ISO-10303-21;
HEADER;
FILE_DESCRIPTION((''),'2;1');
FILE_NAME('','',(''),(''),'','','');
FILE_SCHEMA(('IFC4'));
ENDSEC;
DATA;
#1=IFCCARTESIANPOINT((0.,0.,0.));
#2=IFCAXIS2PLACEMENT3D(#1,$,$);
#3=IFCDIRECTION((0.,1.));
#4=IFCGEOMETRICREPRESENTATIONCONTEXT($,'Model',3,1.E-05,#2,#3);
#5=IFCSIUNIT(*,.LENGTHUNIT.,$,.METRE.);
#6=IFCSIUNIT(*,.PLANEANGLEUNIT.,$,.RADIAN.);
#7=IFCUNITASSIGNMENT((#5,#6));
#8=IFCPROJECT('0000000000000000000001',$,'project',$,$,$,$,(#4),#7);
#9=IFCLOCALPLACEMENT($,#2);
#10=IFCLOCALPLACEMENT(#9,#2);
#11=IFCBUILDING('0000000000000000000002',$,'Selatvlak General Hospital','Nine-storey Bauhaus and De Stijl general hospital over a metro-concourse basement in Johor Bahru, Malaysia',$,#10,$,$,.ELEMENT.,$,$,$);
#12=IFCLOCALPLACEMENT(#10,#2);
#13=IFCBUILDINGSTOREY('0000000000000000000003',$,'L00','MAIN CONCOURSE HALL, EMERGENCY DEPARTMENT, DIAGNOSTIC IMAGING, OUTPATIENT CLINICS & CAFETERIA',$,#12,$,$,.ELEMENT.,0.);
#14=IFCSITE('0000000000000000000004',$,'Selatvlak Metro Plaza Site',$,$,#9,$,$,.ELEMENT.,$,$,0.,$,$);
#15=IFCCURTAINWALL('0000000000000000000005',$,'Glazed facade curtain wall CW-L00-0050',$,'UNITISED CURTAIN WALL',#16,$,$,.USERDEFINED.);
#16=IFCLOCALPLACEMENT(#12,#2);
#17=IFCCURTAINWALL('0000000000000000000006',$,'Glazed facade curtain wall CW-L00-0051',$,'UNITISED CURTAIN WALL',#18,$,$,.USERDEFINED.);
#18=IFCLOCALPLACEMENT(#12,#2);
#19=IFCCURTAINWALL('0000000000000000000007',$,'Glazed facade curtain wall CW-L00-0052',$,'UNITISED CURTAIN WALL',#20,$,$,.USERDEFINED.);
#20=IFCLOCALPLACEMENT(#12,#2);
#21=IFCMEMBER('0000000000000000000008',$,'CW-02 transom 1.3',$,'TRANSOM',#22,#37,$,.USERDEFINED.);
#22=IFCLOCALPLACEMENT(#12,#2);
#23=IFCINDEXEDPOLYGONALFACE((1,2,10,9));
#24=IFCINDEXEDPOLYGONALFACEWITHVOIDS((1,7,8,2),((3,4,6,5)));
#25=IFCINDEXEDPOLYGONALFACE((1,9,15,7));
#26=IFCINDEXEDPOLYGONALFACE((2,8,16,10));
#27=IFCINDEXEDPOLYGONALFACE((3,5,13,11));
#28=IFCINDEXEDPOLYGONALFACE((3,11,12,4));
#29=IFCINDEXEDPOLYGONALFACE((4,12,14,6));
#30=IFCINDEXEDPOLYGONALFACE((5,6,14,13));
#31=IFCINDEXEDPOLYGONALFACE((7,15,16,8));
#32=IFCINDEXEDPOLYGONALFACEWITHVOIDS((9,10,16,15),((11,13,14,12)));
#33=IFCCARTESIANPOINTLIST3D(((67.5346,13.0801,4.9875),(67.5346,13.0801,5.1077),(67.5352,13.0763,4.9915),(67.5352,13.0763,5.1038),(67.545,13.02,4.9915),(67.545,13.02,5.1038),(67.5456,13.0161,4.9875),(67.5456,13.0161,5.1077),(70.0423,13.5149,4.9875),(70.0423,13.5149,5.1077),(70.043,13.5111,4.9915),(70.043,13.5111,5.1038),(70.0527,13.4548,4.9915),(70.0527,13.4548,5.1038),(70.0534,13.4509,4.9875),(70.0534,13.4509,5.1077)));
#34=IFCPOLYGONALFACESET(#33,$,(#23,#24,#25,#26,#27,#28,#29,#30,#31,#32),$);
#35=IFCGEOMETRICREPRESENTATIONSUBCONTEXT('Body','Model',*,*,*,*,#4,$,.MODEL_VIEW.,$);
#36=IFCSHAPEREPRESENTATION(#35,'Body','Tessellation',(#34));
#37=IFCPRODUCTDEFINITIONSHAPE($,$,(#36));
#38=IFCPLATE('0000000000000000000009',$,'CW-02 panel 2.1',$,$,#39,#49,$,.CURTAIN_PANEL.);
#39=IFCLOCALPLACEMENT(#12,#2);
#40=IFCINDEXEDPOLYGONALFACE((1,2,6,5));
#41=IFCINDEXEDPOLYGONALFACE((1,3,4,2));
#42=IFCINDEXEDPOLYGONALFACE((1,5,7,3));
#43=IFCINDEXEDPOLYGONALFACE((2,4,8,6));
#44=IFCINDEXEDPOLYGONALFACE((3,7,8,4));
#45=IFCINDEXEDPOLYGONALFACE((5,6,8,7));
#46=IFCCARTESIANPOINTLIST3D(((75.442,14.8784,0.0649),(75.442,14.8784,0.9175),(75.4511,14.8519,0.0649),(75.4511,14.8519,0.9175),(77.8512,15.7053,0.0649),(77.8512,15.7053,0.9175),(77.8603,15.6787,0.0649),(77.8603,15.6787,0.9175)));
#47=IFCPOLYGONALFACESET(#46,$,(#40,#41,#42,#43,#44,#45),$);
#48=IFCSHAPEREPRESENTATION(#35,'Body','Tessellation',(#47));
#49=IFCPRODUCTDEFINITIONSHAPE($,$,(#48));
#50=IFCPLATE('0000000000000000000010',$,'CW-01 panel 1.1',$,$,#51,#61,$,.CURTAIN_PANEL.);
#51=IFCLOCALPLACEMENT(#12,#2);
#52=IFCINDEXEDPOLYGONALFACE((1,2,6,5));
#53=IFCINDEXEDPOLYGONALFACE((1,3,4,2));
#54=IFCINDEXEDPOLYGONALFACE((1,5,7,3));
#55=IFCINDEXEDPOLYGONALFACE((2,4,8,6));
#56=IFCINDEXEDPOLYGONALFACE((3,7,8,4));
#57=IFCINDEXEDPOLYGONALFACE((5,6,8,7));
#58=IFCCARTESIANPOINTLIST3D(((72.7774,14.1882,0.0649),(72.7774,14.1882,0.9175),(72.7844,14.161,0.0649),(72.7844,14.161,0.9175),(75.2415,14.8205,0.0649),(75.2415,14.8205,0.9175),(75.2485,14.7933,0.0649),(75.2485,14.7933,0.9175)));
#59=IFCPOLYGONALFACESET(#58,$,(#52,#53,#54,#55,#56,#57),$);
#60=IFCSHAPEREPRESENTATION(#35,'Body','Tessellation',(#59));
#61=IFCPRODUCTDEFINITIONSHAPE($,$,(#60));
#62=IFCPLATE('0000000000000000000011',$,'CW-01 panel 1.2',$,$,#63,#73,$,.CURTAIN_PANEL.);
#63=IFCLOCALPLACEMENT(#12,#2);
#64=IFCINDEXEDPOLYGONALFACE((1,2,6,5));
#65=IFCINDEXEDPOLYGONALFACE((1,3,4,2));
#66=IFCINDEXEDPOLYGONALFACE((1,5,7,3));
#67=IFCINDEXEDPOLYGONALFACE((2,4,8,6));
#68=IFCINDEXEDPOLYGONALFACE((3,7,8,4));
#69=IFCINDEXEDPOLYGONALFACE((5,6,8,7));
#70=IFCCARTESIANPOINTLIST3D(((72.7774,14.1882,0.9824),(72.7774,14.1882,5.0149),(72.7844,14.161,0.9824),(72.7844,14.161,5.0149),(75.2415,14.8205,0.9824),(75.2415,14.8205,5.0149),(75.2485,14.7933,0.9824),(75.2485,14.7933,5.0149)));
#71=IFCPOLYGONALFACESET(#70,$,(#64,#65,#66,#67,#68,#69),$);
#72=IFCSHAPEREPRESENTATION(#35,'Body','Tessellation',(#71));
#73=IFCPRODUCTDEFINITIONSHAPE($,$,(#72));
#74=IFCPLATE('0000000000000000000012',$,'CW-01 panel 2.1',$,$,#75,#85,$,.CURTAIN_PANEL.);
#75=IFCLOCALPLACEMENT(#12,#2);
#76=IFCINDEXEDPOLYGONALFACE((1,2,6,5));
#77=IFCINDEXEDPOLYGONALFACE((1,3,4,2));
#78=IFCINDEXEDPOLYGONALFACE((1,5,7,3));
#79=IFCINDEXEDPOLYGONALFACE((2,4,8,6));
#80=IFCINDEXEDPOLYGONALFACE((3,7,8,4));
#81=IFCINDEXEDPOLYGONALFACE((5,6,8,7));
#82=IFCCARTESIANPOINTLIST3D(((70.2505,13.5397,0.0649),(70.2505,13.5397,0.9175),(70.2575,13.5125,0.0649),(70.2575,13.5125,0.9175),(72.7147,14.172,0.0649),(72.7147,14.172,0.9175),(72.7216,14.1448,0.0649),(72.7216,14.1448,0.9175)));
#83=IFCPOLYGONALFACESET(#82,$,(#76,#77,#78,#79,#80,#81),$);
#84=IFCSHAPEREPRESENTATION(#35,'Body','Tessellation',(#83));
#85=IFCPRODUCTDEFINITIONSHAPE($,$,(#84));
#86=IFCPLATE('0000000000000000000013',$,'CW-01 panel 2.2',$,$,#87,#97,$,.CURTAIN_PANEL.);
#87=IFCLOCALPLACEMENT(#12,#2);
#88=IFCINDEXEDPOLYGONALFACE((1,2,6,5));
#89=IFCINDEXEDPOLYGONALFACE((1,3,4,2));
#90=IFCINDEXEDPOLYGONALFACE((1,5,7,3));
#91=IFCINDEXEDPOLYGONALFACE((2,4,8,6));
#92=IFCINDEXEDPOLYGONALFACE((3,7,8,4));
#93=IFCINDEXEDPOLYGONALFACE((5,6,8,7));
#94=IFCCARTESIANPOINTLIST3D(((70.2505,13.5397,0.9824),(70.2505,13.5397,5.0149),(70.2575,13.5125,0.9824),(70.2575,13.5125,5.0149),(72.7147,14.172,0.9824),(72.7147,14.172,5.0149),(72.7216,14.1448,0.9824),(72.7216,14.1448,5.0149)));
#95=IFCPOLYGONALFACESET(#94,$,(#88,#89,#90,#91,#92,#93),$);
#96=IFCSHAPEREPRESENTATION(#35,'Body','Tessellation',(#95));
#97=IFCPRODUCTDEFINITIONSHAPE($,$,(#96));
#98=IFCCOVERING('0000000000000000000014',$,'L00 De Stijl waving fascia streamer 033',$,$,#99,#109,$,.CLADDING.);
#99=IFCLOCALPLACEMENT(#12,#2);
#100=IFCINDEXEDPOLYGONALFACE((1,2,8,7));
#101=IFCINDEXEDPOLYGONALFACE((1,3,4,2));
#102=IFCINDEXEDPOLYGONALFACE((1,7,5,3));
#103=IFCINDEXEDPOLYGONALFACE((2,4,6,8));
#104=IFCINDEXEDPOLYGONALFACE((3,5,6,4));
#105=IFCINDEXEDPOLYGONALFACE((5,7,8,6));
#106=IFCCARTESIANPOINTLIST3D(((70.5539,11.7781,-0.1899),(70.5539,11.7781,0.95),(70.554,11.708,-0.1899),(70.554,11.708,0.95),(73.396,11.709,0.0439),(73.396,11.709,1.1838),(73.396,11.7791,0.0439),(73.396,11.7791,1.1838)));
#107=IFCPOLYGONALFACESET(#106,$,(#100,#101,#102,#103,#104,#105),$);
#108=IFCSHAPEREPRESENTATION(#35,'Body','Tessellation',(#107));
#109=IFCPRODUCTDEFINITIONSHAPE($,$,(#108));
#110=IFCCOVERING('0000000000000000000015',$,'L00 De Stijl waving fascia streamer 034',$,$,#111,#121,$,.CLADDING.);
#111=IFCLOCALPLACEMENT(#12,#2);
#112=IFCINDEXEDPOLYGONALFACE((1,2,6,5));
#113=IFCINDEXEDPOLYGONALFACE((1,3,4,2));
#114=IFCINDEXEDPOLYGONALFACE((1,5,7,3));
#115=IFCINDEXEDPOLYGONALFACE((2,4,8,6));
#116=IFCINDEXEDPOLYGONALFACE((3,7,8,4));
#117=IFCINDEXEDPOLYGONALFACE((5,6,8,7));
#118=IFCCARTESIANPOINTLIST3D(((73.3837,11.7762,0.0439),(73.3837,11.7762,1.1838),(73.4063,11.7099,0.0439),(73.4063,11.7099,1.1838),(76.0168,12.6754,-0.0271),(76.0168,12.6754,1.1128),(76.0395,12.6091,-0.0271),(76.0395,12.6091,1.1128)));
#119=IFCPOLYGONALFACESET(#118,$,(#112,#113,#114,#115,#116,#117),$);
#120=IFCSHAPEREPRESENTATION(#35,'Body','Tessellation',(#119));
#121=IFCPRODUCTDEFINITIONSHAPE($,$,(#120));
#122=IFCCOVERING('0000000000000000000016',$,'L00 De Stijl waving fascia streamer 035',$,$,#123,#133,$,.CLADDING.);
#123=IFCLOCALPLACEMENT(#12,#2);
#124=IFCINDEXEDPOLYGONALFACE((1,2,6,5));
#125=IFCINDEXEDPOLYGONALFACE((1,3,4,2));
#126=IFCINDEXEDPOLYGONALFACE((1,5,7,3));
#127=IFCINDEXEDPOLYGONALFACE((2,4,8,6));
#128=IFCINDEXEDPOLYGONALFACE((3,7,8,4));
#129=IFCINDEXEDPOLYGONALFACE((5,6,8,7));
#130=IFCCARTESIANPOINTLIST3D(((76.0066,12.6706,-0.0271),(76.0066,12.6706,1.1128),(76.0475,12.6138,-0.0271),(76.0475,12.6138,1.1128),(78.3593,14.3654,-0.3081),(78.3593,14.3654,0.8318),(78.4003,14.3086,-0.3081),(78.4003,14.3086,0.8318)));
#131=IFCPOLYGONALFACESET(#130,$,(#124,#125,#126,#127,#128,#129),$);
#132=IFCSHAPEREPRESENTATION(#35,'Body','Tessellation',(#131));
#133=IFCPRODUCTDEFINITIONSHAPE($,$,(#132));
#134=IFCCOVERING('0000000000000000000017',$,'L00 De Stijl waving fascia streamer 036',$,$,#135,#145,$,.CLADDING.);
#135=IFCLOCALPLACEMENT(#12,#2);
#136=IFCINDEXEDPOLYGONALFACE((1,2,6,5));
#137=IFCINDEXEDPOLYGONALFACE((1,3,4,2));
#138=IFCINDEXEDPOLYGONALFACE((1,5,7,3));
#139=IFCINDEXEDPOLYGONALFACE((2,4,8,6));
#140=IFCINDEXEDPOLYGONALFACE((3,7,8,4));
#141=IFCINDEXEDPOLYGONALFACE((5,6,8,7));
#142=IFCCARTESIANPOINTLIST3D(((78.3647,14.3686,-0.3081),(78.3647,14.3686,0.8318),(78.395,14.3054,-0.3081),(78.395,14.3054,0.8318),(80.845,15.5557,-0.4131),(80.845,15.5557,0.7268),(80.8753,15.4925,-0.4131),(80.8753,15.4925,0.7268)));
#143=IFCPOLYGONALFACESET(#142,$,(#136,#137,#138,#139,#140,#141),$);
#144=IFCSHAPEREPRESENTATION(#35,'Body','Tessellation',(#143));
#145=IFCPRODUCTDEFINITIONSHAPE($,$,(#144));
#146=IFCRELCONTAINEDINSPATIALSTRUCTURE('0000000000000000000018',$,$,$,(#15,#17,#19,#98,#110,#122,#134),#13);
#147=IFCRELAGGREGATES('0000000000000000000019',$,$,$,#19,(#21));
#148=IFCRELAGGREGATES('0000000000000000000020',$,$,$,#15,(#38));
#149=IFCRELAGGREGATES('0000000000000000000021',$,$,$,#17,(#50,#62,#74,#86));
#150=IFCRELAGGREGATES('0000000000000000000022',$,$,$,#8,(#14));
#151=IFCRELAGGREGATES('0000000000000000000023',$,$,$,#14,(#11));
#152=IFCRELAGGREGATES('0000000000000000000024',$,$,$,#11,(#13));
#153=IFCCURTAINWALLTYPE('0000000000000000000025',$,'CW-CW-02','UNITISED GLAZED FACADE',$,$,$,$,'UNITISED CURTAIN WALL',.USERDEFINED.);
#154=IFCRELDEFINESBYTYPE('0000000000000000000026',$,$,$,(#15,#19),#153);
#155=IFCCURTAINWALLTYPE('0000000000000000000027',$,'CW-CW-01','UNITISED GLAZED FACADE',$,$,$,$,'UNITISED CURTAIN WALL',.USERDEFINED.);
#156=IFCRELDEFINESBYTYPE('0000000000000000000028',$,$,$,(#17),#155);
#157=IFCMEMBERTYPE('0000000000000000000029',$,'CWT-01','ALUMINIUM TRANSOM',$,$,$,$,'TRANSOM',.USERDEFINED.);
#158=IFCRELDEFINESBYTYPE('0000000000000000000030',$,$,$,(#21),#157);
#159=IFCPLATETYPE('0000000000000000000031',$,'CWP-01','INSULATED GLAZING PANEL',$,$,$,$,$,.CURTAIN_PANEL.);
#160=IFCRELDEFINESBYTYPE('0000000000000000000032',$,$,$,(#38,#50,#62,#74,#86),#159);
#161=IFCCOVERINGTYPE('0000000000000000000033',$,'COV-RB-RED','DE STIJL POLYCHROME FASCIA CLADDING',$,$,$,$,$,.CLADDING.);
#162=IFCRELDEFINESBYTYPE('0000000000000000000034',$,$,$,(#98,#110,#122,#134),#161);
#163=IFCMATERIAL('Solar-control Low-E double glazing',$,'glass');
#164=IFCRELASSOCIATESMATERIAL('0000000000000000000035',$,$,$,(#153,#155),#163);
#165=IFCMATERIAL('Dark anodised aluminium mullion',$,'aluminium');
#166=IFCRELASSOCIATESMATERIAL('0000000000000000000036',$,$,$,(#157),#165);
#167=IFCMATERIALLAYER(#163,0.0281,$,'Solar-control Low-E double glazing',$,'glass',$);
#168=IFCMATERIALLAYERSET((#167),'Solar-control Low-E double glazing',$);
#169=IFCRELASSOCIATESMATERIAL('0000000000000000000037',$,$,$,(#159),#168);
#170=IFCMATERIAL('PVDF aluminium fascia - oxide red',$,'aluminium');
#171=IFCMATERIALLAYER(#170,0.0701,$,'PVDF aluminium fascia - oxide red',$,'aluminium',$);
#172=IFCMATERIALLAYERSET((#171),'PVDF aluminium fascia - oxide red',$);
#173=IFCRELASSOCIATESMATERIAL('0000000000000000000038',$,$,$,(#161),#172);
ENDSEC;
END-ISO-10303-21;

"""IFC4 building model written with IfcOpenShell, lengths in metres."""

from ifc_helpers import new_model, si_unit, direction, frame, origin, origin_2d, place, context, subcontext, project, spatial, polyline, rectangle, hollow_rectangle, outline, extrude, material, layer, layer_set, material_profile, profile_set, type_object, element, aggregate, save


model = new_model("IFC4")

# Units and contexts
model_context = context("Model", 3, precision=1e-05, world=origin(), true_north=direction((0.0, 1.0)))
body_context = subcontext(model_context, "Body", "Model", "MODEL_VIEW")
ifc_project = project(units=[si_unit("LENGTHUNIT", "METRE"), si_unit("PLANEANGLEUNIT", "RADIAN")], contexts=[model_context])

# Site, building, storey
site_placement = place(None, origin())
site = spatial("IfcSite", under=ifc_project, at=site_placement, Name="Selatvlak Metro Plaza Site", CompositionType="ELEMENT", RefElevation=0.0)
building_placement = place(site_placement, origin())
building = spatial("IfcBuilding", under=site, at=building_placement, Name="Selatvlak General Hospital", Description="Nine-storey Bauhaus and De Stijl general hospital over a metro-concourse basement in Johor Bahru, Malaysia", CompositionType="ELEMENT")
storey_placement = place(building_placement, origin())
storey = spatial("IfcBuildingStorey", under=building, at=storey_placement, Name="L00", Description="MAIN CONCOURSE HALL, EMERGENCY DEPARTMENT, DIAGNOSTIC IMAGING, OUTPATIENT CLINICS & CAFETERIA", CompositionType="ELEMENT", Elevation=0.0)

# Curtain wall
ifc_material_1 = material(Name="Solar-control Low-E double glazing", Category="glass")
curtain_wall_type_1 = type_object("IfcCurtainWallType", Name="CW-CW-02", Description="UNITISED GLAZED FACADE", ElementType="UNITISED CURTAIN WALL", PredefinedType="USERDEFINED", material=ifc_material_1)
curtain_wall_1_placement = place(storey_placement, origin())
curtain_wall_1 = element("IfcCurtainWall", 1, at=curtain_wall_1_placement, inside=storey, type_object=curtain_wall_type_1, Name="Glazed facade curtain wall CW-L00-0050", ObjectType="UNITISED CURTAIN WALL", PredefinedType="USERDEFINED")
ifc_material_2 = material(Name="Dark anodised aluminium mullion", Category="aluminium")

# Curtain wall
curtain_wall_type_2 = type_object("IfcCurtainWallType", Name="CW-CW-01", Description="UNITISED GLAZED FACADE", ElementType="UNITISED CURTAIN WALL", PredefinedType="USERDEFINED", material=ifc_material_1)
curtain_wall_2_placement = place(storey_placement, origin())
curtain_wall_2 = element("IfcCurtainWall", 2, at=curtain_wall_2_placement, inside=storey, type_object=curtain_wall_type_2, Name="Glazed facade curtain wall CW-L00-0051", ObjectType="UNITISED CURTAIN WALL", PredefinedType="USERDEFINED")

# Curtain wall
curtain_wall_3_placement = place(storey_placement, origin())
curtain_wall_3 = element("IfcCurtainWall", 3, at=curtain_wall_3_placement, inside=storey, type_object=curtain_wall_type_1, Name="Glazed facade curtain wall CW-L00-0052", ObjectType="UNITISED CURTAIN WALL", PredefinedType="USERDEFINED")

# Member
ifc_material_profile_1 = material_profile(ifc_material_2, hollow_rectangle(XDim=0.0649, YDim=0.1201, WallThickness=0.0039, at=origin_2d()), Name="AL-TRN 65x120x4")
ifc_profile_set_1 = profile_set([ifc_material_profile_1], Name="Dark anodised aluminium mullion")
member_type_1 = type_object("IfcMemberType", Name="CWT-01", Description="ALUMINIUM TRANSOM", ElementType="TRANSOM", PredefinedType="USERDEFINED", material=ifc_profile_set_1)
member_1_placement = place(storey_placement, frame((70.0479, 13.4829, 5.0476), z_axis=(-0.9853, -0.170835, 0.0), x_axis=(0.170835, -0.9853, 0.0)))
member_1 = element("IfcMember", 4, at=member_1_placement, type_object=member_type_1, Name="CW-02 transom 1.3", ObjectType="TRANSOM", PredefinedType="USERDEFINED", context=body_context, shape_type="SweptSolid", body=[
    extrude(hollow_rectangle(XDim=0.0649, YDim=0.1201, WallThickness=0.0039, at=origin_2d()), origin(), (0.0, 0.0, 1.0), 2.5452),
])
aggregate(curtain_wall_3, [member_1])

# Plates
ifc_layer_1 = layer(ifc_material_1, 0.0281, Name="Solar-control Low-E double glazing", Category="glass")
ifc_layer_set_1 = layer_set([ifc_layer_1], Name="Solar-control Low-E double glazing")
plate_type = type_object("IfcPlateType", Name="CWP-01", Description="INSULATED GLAZING PANEL", PredefinedType="CURTAIN_PANEL", material=ifc_layer_set_1)
plate_1_placement = place(storey_placement, frame((76.6511, 15.2786, 0.0649), z_axis=(0.0, 0.0, 1.0), x_axis=(-0.945848, -0.324609, 0.0)))
plate_1 = element("IfcPlate", 5, at=plate_1_placement, type_object=plate_type, Name="CW-02 panel 2.1", PredefinedType="CURTAIN_PANEL", context=body_context, shape_type="SweptSolid", body=[
    extrude(rectangle(XDim=2.5471, YDim=0.0281, at=origin_2d()), origin(), (0.0, 0.0, 1.0), 0.8525),
])
aggregate(curtain_wall_1, [plate_1])
plate_2_placement = place(storey_placement, frame((74.0129, 14.4907, 0.0649), z_axis=(0.0, 0.0, 1.0), x_axis=(-0.968621, -0.248544, 0.0)))
plate_2 = element("IfcPlate", 6, at=plate_2_placement, type_object=plate_type, Name="CW-01 panel 1.1", PredefinedType="CURTAIN_PANEL", context=body_context, shape_type="SweptSolid", body=[
    extrude(rectangle(XDim=2.5439, YDim=0.0281, at=origin_2d()), origin(), (0.0, 0.0, 1.0), 0.8525),
])
plate_3_placement = place(storey_placement, frame((74.0129, 14.4907, 0.9824), z_axis=(0.0, 0.0, 1.0), x_axis=(-0.968621, -0.248544, 0.0)))
plate_3 = element("IfcPlate", 7, at=plate_3_placement, type_object=plate_type, Name="CW-01 panel 1.2", PredefinedType="CURTAIN_PANEL", context=body_context, shape_type="SweptSolid", body=[
    extrude(rectangle(XDim=2.5439, YDim=0.0281, at=origin_2d()), origin(), (0.0, 0.0, 1.0), 4.0325),
])
plate_4_placement = place(storey_placement, frame((71.4861, 13.8423, 0.0649), z_axis=(0.0, 0.0, 1.0), x_axis=(-0.968621, -0.248544, 0.0)))
plate_4 = element("IfcPlate", 8, at=plate_4_placement, type_object=plate_type, Name="CW-01 panel 2.1", PredefinedType="CURTAIN_PANEL", context=body_context, shape_type="SweptSolid", body=[
    extrude(rectangle(XDim=2.5439, YDim=0.0281, at=origin_2d()), origin(), (0.0, 0.0, 1.0), 0.8525),
])
plate_5_placement = place(storey_placement, frame((71.4861, 13.8423, 0.9824), z_axis=(0.0, 0.0, 1.0), x_axis=(-0.968621, -0.248544, 0.0)))
plate_5 = element("IfcPlate", 9, at=plate_5_placement, type_object=plate_type, Name="CW-01 panel 2.2", PredefinedType="CURTAIN_PANEL", context=body_context, shape_type="SweptSolid", body=[
    extrude(rectangle(XDim=2.5439, YDim=0.0281, at=origin_2d()), origin(), (0.0, 0.0, 1.0), 4.0325),
])
aggregate(curtain_wall_2, [plate_2, plate_3, plate_4, plate_5])

# Coverings
ifc_material_3 = material(Name="PVDF aluminium fascia - oxide red", Category="aluminium")
ifc_layer_2 = layer(ifc_material_3, 0.0701, Name="PVDF aluminium fascia - oxide red", Category="aluminium")
ifc_layer_set_2 = layer_set([ifc_layer_2], Name="PVDF aluminium fascia - oxide red")
covering_type = type_object("IfcCoveringType", Name="COV-RB-RED", Description="DE STIJL POLYCHROME FASCIA CLADDING", PredefinedType="CLADDING", material=ifc_layer_set_2)
covering_1_placement = place(storey_placement, frame((70.554, 11.7429, -0.1899), z_axis=(0.0, 0.0, 1.0), x_axis=(1.0, 0.000344, 0.0)))
element("IfcCovering", 10, at=covering_1_placement, inside=storey, type_object=covering_type, Name="L00 De Stijl waving fascia streamer 033", PredefinedType="CLADDING", context=body_context, shape_type="SweptSolid", body=[
    extrude(outline(polyline([(0.0, 0.0), (2.842, 0.2339), (2.842, 1.3738), (0.0, 1.1399), (0.0, 0.0)])), frame((0.0, 0.0352, 0.0), z_axis=(0.0, -1.0, 0.0), x_axis=(1.0, 0.0, 0.0)), (0.0, 0.0, 1.0), 0.0701),
])
covering_2_placement = place(storey_placement, frame((73.395, 11.7429, 0.0439), z_axis=(0.0, 0.0, 1.0), x_axis=(0.946341, 0.323169, 0.0)))
element("IfcCovering", 11, at=covering_2_placement, inside=storey, type_object=covering_type, Name="L00 De Stijl waving fascia streamer 034", PredefinedType="CLADDING", context=body_context, shape_type="SweptSolid", body=[
    extrude(outline(polyline([(0.0, 0.0), (2.7825, -0.071), (2.7825, 1.0688), (0.0, 1.1399), (0.0, 0.0)])), frame((0.0, 0.0352, 0.0), z_axis=(0.0, -1.0, 0.0), x_axis=(1.0, 0.0, 0.0)), (0.0, 0.0, 1.0), 0.0701),
])
covering_3_placement = place(storey_placement, frame((76.0271, 12.6421, -0.0271), z_axis=(0.0, 0.0, 1.0), x_axis=(0.8114, 0.584491, 0.0)))
element("IfcCovering", 12, at=covering_3_placement, inside=storey, type_object=covering_type, Name="L00 De Stijl waving fascia streamer 035", PredefinedType="CLADDING", context=body_context, shape_type="SweptSolid", body=[
    extrude(outline(polyline([(0.0, 0.0), (2.8997, -0.281), (2.8997, 0.8589), (0.0, 1.1399), (0.0, 0.0)])), frame((0.0, 0.0352, 0.0), z_axis=(0.0, -1.0, 0.0), x_axis=(1.0, 0.0, 0.0)), (0.0, 0.0, 1.0), 0.0701),
])
covering_4_placement = place(storey_placement, frame((78.3799, 14.3369, -0.3081), z_axis=(0.0, 0.0, 1.0), x_axis=(0.902018, 0.431697, 0.0)))
element("IfcCovering", 13, at=covering_4_placement, inside=storey, type_object=covering_type, Name="L00 De Stijl waving fascia streamer 036", PredefinedType="CLADDING", context=body_context, shape_type="SweptSolid", body=[
    extrude(outline(polyline([(0.0, 0.0), (2.7498, -0.105), (2.7498, 1.0349), (0.0, 1.1399), (0.0, 0.0)])), frame((0.0, 0.0352, 0.0), z_axis=(0.0, -1.0, 0.0), x_axis=(1.0, 0.0, 0.0)), (0.0, 0.0, 1.0), 0.0701),
])

save(model, "model.ifc")
